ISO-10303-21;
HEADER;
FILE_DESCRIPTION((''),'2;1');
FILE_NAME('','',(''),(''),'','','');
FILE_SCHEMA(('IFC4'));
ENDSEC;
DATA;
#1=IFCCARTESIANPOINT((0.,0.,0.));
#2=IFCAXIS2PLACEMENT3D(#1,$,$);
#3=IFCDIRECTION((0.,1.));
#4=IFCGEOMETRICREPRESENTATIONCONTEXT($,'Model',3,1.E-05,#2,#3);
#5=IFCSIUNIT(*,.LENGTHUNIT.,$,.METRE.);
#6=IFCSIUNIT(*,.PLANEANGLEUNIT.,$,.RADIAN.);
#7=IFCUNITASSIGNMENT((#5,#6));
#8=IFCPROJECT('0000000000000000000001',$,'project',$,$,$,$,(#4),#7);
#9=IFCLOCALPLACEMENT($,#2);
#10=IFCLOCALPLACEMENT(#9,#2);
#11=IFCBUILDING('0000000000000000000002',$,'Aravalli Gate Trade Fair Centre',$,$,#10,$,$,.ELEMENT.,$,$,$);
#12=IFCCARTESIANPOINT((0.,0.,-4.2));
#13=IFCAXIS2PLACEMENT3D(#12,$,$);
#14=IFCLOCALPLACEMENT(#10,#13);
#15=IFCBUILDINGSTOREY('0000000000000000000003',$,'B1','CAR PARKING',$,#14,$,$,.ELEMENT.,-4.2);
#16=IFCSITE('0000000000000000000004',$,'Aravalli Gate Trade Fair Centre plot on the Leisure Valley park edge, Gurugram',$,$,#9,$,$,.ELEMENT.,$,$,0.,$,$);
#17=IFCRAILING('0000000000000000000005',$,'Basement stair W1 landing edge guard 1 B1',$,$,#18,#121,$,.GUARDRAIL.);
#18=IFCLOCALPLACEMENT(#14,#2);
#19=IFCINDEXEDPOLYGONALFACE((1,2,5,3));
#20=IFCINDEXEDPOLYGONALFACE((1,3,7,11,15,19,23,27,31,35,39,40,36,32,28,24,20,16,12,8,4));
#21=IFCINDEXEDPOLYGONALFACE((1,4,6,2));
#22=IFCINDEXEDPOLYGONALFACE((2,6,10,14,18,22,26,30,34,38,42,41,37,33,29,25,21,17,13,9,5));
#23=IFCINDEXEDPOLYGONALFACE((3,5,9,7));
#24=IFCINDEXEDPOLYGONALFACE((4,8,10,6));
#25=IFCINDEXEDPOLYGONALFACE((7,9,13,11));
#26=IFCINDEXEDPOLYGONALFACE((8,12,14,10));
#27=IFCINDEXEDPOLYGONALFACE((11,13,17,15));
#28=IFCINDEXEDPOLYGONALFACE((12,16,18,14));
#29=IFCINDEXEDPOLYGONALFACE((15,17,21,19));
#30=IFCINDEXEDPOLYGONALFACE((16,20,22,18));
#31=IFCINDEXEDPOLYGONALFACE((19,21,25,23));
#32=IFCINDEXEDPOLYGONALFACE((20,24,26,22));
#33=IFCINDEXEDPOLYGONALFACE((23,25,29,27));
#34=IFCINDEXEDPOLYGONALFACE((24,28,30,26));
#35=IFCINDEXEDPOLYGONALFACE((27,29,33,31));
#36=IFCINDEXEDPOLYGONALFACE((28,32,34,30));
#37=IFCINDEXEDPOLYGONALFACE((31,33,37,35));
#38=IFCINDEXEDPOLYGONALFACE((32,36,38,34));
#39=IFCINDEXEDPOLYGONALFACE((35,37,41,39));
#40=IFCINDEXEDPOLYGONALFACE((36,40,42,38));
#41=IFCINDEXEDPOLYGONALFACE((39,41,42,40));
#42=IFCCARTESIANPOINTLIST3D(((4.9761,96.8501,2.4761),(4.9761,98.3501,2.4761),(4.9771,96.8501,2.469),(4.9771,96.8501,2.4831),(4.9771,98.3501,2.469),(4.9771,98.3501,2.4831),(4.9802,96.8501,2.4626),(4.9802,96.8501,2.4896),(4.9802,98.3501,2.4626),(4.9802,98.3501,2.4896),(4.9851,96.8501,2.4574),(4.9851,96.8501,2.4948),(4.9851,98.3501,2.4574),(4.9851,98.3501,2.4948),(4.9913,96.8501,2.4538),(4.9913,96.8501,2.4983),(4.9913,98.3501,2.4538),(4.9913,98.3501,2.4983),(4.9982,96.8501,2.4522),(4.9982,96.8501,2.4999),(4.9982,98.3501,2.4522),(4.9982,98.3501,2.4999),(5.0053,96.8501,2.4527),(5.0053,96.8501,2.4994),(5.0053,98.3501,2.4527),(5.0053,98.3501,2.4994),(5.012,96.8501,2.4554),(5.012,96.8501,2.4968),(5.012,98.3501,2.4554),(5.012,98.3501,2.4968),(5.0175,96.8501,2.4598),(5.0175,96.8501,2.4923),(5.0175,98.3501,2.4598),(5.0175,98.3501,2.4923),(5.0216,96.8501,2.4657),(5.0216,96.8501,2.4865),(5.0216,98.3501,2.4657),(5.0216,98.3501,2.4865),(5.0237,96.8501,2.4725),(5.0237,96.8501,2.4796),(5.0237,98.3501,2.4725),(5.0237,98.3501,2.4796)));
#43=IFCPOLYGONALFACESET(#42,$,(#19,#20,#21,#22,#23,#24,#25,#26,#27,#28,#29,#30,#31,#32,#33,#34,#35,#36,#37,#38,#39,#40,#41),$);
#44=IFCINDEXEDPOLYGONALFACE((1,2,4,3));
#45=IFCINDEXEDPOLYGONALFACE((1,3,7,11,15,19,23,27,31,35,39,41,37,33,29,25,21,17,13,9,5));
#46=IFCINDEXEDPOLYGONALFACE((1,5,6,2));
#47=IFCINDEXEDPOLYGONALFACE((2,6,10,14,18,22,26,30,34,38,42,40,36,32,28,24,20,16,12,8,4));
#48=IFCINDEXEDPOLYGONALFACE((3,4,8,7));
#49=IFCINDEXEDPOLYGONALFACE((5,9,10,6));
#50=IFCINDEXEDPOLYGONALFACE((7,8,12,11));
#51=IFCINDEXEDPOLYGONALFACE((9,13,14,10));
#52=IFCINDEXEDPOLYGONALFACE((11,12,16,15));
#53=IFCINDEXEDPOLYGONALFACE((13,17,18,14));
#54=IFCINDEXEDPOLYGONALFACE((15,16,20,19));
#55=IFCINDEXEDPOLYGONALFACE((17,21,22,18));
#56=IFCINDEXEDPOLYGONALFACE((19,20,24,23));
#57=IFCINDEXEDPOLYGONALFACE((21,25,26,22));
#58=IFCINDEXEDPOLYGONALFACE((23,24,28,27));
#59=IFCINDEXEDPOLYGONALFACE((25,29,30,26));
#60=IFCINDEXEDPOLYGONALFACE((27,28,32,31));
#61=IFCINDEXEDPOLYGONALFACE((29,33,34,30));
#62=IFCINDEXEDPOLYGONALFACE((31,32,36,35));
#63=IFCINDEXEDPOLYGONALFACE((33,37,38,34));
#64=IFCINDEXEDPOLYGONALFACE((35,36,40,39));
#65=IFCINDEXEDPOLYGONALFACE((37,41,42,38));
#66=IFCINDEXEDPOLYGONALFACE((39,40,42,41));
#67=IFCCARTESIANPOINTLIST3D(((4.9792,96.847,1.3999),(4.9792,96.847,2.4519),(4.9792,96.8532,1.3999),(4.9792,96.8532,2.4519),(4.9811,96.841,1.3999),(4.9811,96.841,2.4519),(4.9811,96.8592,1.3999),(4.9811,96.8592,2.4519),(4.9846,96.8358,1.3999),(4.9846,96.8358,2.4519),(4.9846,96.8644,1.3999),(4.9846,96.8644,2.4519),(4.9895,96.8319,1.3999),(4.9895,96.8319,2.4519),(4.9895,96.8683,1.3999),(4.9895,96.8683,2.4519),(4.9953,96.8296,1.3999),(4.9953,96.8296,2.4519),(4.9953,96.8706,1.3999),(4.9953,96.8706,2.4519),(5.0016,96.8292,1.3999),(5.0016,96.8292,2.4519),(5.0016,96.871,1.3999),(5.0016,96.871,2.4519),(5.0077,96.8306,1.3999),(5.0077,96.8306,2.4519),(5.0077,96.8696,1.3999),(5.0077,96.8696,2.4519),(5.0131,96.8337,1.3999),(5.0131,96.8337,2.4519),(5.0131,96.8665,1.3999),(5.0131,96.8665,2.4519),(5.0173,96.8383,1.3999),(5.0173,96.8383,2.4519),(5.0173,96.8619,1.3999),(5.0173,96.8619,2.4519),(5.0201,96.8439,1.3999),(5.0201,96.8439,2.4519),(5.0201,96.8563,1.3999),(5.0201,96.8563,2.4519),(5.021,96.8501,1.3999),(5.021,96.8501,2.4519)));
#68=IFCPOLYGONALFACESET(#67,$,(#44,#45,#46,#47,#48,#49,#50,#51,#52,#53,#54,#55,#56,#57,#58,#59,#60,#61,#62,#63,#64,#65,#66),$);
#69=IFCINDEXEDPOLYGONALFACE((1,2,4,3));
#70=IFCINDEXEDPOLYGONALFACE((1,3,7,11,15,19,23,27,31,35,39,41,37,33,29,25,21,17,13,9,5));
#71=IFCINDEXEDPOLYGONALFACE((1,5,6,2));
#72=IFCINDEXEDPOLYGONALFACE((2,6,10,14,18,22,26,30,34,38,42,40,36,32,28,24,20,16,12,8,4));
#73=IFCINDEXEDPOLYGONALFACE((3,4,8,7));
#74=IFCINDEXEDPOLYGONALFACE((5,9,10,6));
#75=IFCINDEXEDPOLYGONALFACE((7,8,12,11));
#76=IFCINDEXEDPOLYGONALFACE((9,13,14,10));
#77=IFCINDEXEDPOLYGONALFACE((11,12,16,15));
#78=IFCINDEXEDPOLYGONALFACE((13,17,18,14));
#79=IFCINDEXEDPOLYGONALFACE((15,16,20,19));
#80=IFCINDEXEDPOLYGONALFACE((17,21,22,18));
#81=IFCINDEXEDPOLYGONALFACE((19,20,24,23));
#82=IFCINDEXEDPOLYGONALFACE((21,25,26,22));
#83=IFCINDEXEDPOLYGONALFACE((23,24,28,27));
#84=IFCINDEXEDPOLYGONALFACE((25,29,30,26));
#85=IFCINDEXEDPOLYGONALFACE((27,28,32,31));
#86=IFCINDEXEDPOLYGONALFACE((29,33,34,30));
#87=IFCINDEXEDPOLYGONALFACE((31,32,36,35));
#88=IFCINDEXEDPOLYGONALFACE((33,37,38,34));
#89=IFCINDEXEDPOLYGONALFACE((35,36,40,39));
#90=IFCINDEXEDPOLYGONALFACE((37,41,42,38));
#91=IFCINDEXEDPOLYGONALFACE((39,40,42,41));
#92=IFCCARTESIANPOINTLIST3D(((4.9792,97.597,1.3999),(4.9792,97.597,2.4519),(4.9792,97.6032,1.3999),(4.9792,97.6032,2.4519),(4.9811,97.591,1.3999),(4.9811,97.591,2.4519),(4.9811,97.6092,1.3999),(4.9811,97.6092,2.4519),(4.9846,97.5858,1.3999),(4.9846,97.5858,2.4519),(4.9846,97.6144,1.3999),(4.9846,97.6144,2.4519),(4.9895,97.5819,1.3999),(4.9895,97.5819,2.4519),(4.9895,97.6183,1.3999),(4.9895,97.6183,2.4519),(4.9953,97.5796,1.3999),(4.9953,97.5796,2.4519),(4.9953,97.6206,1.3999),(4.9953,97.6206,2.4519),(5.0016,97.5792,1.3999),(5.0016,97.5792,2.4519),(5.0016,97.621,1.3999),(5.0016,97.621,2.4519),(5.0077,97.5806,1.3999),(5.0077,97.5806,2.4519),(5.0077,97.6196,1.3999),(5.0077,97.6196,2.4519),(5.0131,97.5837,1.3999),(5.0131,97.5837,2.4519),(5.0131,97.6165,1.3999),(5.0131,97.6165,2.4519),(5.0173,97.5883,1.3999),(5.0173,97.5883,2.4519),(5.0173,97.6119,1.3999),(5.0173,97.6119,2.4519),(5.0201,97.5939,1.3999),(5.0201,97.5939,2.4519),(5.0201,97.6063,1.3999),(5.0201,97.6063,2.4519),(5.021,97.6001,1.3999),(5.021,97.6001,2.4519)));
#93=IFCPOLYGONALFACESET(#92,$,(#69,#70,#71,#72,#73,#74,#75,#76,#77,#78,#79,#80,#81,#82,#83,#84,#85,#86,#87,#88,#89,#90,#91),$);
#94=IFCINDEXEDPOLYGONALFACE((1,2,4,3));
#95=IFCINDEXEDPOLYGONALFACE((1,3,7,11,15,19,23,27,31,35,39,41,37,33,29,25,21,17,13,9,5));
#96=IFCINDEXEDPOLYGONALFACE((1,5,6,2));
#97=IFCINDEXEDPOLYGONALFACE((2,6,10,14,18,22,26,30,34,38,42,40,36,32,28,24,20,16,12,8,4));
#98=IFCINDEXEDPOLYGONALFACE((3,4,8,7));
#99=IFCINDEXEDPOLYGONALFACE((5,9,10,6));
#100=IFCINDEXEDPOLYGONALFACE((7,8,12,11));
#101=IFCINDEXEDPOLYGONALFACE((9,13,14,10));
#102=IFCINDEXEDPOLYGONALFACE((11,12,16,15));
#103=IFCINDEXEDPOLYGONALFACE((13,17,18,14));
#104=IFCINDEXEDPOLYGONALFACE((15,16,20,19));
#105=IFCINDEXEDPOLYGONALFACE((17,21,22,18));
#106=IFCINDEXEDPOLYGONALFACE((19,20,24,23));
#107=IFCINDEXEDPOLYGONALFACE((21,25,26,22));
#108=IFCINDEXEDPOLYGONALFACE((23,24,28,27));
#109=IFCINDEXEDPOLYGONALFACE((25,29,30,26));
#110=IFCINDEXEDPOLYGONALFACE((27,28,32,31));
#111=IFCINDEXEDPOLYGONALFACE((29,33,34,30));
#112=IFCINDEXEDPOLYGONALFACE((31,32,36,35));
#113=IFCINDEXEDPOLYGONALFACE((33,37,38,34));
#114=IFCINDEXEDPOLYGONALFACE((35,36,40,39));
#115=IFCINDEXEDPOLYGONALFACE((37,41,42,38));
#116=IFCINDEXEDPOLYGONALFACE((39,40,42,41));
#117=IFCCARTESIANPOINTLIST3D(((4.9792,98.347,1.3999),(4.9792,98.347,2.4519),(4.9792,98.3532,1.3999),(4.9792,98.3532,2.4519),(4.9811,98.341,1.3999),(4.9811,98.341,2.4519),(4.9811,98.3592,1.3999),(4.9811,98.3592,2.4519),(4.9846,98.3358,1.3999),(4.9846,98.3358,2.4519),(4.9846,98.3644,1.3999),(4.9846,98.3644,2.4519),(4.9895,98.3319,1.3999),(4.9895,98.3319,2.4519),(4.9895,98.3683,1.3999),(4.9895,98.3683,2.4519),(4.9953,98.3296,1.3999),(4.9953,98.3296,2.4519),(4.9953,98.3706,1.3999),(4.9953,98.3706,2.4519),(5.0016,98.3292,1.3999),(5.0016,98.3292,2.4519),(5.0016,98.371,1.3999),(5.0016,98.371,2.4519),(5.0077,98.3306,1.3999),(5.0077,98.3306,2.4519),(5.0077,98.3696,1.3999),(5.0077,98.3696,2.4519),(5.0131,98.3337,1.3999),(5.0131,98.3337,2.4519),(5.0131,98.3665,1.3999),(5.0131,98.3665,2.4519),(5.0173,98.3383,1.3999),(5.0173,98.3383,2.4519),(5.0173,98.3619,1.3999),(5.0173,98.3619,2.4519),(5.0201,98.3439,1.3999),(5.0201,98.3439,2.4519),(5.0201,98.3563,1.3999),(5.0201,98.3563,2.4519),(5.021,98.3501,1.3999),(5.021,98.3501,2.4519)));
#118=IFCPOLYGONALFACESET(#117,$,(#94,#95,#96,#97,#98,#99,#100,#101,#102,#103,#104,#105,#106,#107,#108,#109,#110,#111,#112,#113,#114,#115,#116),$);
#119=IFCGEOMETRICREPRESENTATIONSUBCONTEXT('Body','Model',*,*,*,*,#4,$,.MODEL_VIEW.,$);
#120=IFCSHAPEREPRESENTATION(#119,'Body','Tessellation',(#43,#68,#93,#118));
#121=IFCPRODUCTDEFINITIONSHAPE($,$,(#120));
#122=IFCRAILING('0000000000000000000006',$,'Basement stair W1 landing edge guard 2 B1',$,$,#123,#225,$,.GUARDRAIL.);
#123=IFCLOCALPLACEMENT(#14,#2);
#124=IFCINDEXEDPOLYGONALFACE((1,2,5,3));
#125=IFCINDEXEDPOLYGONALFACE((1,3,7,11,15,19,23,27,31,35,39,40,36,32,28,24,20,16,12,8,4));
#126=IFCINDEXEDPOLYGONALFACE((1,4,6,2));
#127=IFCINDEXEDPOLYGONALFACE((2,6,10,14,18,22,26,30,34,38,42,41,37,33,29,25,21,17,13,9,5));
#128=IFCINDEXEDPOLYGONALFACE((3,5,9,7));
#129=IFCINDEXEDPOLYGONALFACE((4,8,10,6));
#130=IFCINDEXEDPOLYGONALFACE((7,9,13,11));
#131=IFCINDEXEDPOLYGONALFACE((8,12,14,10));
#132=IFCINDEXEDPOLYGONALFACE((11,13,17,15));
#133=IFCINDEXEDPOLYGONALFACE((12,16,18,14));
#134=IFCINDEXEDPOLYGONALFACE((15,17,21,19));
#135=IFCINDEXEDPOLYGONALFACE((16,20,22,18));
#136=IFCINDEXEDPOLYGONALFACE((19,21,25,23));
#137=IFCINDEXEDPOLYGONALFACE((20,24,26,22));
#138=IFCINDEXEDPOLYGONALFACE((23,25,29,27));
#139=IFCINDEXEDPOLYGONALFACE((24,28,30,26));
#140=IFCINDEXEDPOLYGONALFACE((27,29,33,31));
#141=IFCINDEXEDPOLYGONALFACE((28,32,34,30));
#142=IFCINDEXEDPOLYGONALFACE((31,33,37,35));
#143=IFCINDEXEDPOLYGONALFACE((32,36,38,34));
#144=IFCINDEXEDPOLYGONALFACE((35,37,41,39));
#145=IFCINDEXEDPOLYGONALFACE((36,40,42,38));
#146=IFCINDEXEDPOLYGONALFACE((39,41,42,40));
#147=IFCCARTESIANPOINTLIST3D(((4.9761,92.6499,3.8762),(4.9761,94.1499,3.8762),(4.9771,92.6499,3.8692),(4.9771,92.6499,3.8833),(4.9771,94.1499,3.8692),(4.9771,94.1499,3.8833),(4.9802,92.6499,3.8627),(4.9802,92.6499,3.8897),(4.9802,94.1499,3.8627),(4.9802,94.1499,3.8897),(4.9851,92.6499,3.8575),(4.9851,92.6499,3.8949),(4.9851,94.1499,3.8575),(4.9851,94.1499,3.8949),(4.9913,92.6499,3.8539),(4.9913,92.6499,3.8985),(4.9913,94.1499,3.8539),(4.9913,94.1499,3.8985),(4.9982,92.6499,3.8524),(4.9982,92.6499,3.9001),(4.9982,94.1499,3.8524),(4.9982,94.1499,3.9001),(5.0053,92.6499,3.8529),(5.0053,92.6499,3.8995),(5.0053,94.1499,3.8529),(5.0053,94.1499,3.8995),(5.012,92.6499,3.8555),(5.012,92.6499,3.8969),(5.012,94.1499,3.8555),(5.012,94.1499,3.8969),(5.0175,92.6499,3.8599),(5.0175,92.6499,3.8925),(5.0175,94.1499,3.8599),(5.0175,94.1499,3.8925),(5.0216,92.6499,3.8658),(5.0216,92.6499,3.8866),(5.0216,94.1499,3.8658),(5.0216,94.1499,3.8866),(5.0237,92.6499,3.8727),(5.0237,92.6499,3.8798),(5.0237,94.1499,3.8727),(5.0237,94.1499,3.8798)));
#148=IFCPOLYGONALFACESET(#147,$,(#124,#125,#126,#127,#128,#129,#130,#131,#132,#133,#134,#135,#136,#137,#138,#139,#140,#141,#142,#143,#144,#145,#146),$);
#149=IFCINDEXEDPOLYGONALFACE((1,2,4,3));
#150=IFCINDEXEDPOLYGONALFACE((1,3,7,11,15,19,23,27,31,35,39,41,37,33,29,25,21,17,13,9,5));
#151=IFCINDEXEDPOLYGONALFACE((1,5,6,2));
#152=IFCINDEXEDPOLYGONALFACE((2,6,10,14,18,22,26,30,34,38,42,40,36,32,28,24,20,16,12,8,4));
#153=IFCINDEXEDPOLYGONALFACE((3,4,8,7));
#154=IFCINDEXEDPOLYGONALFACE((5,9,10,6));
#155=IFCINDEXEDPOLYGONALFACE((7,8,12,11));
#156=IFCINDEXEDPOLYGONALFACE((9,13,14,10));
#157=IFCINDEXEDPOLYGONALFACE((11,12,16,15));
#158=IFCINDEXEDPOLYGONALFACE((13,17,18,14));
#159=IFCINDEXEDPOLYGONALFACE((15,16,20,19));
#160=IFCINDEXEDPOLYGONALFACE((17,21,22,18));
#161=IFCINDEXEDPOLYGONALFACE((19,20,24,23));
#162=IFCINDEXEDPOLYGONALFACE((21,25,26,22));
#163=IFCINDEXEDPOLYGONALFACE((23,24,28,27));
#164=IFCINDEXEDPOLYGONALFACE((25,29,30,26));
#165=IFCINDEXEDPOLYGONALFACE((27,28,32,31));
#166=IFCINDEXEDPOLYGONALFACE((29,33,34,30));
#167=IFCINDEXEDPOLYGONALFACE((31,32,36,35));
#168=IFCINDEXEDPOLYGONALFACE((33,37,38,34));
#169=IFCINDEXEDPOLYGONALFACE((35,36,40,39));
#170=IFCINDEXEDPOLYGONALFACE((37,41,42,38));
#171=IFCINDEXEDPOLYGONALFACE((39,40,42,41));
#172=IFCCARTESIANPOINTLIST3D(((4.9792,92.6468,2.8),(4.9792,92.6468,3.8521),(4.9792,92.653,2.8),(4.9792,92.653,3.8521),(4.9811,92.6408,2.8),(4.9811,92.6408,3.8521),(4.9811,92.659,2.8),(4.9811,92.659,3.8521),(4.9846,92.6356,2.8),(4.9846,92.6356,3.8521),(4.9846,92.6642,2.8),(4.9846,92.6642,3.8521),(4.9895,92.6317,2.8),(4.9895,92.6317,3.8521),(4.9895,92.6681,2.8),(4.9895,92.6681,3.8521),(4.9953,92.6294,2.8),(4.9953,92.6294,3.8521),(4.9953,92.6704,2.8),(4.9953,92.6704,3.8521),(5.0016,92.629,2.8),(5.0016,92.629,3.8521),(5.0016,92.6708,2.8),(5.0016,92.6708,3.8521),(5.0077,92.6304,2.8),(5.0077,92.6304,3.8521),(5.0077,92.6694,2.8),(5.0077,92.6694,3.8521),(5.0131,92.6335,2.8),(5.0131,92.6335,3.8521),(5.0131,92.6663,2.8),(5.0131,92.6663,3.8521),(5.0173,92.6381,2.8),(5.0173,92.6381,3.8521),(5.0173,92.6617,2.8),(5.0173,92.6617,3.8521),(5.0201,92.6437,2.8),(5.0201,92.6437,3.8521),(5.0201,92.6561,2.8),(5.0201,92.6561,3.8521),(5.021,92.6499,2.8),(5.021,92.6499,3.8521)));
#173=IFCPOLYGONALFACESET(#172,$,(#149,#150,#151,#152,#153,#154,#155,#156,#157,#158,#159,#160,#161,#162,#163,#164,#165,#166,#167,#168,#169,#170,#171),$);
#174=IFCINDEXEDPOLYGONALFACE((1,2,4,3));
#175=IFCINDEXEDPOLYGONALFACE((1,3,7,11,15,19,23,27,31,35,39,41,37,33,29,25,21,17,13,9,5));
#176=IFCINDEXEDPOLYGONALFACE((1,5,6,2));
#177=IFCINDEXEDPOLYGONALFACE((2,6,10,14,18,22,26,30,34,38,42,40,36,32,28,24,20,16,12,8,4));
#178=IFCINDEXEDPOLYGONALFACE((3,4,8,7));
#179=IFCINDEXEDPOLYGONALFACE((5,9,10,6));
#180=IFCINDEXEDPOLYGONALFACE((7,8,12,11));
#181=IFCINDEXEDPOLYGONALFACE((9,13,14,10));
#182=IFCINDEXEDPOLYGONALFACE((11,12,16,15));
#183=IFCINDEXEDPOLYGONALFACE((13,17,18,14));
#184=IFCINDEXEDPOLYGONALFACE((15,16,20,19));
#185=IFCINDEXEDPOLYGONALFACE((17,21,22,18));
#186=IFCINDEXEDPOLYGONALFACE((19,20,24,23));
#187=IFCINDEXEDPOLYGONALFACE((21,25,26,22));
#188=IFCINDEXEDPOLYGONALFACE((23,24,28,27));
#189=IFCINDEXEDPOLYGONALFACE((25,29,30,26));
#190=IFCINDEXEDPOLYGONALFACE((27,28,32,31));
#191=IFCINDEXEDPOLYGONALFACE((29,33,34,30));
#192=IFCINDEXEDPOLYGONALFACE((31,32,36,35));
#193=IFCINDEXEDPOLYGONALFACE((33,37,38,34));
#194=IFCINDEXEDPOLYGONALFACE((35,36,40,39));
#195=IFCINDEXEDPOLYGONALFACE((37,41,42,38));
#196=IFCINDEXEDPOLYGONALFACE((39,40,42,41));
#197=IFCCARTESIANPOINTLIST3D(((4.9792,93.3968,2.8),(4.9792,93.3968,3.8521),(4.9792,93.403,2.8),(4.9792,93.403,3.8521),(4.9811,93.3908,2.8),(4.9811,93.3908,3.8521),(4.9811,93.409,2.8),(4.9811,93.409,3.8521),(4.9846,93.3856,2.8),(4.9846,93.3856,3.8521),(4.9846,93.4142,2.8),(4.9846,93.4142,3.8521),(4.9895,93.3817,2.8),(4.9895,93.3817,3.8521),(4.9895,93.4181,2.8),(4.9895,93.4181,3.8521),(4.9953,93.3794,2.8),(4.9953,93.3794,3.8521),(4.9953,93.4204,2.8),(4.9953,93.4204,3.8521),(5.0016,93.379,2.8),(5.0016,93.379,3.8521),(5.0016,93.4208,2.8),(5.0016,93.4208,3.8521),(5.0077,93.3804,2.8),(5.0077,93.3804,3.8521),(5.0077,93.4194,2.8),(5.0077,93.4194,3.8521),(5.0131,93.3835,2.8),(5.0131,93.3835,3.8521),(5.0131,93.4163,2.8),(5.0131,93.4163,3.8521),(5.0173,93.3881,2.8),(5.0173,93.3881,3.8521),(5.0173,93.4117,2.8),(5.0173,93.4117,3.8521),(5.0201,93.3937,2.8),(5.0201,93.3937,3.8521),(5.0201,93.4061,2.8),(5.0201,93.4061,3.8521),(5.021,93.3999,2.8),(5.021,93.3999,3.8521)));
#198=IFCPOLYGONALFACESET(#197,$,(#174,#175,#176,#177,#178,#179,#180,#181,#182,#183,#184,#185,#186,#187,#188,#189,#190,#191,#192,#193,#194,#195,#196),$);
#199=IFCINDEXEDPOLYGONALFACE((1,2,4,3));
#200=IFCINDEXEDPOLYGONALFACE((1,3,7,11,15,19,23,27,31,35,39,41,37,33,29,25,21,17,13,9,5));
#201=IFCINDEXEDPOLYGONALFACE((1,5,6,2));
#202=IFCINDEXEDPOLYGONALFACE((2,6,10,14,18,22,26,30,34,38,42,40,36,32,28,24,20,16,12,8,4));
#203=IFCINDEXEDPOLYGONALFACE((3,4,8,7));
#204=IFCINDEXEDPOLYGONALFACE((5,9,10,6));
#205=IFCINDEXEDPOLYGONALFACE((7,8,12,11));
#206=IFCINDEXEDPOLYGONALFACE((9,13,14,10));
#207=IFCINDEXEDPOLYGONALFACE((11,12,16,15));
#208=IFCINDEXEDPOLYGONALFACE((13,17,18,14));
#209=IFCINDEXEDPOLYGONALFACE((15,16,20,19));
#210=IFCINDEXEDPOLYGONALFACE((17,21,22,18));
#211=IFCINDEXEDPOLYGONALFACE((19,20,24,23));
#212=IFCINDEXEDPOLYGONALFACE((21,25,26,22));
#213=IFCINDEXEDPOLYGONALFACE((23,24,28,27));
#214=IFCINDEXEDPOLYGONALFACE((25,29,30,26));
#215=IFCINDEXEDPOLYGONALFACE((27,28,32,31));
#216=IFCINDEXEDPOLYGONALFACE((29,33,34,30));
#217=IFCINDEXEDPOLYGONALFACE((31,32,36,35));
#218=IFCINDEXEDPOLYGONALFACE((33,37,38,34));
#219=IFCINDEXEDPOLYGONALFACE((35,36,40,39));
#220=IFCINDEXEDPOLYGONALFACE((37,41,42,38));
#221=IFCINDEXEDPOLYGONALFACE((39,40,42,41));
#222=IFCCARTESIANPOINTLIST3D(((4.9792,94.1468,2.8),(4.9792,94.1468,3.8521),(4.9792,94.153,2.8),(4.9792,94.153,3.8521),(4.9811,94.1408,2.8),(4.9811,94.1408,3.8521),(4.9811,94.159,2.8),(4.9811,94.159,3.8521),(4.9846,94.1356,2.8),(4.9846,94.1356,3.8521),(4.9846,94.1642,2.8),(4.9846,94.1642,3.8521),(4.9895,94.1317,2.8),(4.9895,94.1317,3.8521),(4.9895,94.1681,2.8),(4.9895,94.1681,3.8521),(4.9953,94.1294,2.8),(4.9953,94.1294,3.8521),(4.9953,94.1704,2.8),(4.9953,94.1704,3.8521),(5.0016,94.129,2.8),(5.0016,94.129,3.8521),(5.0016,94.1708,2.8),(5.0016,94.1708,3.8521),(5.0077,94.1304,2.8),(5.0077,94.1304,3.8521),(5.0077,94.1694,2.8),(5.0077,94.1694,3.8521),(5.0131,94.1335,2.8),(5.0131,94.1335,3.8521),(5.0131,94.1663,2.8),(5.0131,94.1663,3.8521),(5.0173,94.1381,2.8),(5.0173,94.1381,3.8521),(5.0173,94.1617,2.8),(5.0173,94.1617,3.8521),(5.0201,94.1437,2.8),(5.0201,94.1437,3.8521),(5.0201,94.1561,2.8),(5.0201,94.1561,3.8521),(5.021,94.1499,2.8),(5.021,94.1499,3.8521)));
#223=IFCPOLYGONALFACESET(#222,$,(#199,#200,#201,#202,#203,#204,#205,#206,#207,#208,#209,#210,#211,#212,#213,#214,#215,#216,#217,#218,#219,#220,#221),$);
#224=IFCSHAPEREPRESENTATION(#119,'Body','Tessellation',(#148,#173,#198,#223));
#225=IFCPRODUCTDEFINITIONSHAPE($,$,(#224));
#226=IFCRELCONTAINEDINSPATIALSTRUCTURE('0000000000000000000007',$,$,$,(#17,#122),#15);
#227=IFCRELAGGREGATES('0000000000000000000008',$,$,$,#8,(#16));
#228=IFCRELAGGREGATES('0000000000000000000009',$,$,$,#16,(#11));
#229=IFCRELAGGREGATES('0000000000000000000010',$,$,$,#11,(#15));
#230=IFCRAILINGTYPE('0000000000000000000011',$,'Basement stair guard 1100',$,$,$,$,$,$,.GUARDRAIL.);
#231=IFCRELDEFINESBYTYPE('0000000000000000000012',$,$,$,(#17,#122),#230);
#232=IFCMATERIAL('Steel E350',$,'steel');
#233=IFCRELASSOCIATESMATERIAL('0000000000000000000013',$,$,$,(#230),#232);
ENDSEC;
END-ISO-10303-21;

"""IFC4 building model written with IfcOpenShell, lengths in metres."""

from ifc_helpers import new_model, si_unit, direction, frame, origin, origin_2d, place, context, subcontext, project, spatial, circle, extrude, material, type_object, element, save


model = new_model("IFC4")

# Units and contexts
model_context = context("Model", 3, precision=1e-05, world=origin(), true_north=direction((0.0, 1.0)))
body_context = subcontext(model_context, "Body", "Model", "MODEL_VIEW")
ifc_project = project(units=[si_unit("LENGTHUNIT", "METRE"), si_unit("PLANEANGLEUNIT", "RADIAN")], contexts=[model_context])

# Site, building, storey
site_placement = place(None, origin())
site = spatial("IfcSite", under=ifc_project, at=site_placement, Name="Aravalli Gate Trade Fair Centre plot on the Leisure Valley park edge, Gurugram", CompositionType="ELEMENT", RefElevation=0.0)
building_placement = place(site_placement, origin())
building = spatial("IfcBuilding", under=site, at=building_placement, Name="Aravalli Gate Trade Fair Centre", CompositionType="ELEMENT")
storey_placement = place(building_placement, frame((0.0, 0.0, -4.2)))
storey = spatial("IfcBuildingStorey", under=building, at=storey_placement, Name="B1", Description="CAR PARKING", CompositionType="ELEMENT", Elevation=-4.2)

# Railings
ifc_material_1 = material(Name="Steel E350", Category="steel")
railing_type = type_object("IfcRailingType", Name="Basement stair guard 1100", PredefinedType="GUARDRAIL", material=ifc_material_1)
for number, where, name in (
    (1, (5.0, 96.8501, 1.3999), "Basement stair W1 landing edge guard 1 B1"),
    (2, (5.0, 92.6499, 2.8), "Basement stair W1 landing edge guard 2 B1"),
):
    element("IfcRailing", number, at=place(storey_placement, frame(where)), inside=storey, type_object=railing_type, Name=name, PredefinedType="GUARDRAIL", context=body_context, shape_type="SweptSolid", body=[
        extrude(circle(Radius=0.0239, at=origin_2d()), frame((0.0, 0.0, 1.0762), z_axis=(0.0, 1.0, 0.0), x_axis=(-1.0, 0.0, 0.0)), (0.0, 0.0, 1.0), 1.5),
        extrude(circle(Radius=0.021, at=origin_2d()), origin(), (0.0, 0.0, 1.0), 1.052),
        extrude(circle(Radius=0.021, at=origin_2d()), frame((0.0, 0.75, 0.0)), (0.0, 0.0, 1.0), 1.052),
        extrude(circle(Radius=0.021, at=origin_2d()), frame((0.0, 1.5, 0.0)), (0.0, 0.0, 1.0), 1.052),
    ])

save(model, "model.ifc")
